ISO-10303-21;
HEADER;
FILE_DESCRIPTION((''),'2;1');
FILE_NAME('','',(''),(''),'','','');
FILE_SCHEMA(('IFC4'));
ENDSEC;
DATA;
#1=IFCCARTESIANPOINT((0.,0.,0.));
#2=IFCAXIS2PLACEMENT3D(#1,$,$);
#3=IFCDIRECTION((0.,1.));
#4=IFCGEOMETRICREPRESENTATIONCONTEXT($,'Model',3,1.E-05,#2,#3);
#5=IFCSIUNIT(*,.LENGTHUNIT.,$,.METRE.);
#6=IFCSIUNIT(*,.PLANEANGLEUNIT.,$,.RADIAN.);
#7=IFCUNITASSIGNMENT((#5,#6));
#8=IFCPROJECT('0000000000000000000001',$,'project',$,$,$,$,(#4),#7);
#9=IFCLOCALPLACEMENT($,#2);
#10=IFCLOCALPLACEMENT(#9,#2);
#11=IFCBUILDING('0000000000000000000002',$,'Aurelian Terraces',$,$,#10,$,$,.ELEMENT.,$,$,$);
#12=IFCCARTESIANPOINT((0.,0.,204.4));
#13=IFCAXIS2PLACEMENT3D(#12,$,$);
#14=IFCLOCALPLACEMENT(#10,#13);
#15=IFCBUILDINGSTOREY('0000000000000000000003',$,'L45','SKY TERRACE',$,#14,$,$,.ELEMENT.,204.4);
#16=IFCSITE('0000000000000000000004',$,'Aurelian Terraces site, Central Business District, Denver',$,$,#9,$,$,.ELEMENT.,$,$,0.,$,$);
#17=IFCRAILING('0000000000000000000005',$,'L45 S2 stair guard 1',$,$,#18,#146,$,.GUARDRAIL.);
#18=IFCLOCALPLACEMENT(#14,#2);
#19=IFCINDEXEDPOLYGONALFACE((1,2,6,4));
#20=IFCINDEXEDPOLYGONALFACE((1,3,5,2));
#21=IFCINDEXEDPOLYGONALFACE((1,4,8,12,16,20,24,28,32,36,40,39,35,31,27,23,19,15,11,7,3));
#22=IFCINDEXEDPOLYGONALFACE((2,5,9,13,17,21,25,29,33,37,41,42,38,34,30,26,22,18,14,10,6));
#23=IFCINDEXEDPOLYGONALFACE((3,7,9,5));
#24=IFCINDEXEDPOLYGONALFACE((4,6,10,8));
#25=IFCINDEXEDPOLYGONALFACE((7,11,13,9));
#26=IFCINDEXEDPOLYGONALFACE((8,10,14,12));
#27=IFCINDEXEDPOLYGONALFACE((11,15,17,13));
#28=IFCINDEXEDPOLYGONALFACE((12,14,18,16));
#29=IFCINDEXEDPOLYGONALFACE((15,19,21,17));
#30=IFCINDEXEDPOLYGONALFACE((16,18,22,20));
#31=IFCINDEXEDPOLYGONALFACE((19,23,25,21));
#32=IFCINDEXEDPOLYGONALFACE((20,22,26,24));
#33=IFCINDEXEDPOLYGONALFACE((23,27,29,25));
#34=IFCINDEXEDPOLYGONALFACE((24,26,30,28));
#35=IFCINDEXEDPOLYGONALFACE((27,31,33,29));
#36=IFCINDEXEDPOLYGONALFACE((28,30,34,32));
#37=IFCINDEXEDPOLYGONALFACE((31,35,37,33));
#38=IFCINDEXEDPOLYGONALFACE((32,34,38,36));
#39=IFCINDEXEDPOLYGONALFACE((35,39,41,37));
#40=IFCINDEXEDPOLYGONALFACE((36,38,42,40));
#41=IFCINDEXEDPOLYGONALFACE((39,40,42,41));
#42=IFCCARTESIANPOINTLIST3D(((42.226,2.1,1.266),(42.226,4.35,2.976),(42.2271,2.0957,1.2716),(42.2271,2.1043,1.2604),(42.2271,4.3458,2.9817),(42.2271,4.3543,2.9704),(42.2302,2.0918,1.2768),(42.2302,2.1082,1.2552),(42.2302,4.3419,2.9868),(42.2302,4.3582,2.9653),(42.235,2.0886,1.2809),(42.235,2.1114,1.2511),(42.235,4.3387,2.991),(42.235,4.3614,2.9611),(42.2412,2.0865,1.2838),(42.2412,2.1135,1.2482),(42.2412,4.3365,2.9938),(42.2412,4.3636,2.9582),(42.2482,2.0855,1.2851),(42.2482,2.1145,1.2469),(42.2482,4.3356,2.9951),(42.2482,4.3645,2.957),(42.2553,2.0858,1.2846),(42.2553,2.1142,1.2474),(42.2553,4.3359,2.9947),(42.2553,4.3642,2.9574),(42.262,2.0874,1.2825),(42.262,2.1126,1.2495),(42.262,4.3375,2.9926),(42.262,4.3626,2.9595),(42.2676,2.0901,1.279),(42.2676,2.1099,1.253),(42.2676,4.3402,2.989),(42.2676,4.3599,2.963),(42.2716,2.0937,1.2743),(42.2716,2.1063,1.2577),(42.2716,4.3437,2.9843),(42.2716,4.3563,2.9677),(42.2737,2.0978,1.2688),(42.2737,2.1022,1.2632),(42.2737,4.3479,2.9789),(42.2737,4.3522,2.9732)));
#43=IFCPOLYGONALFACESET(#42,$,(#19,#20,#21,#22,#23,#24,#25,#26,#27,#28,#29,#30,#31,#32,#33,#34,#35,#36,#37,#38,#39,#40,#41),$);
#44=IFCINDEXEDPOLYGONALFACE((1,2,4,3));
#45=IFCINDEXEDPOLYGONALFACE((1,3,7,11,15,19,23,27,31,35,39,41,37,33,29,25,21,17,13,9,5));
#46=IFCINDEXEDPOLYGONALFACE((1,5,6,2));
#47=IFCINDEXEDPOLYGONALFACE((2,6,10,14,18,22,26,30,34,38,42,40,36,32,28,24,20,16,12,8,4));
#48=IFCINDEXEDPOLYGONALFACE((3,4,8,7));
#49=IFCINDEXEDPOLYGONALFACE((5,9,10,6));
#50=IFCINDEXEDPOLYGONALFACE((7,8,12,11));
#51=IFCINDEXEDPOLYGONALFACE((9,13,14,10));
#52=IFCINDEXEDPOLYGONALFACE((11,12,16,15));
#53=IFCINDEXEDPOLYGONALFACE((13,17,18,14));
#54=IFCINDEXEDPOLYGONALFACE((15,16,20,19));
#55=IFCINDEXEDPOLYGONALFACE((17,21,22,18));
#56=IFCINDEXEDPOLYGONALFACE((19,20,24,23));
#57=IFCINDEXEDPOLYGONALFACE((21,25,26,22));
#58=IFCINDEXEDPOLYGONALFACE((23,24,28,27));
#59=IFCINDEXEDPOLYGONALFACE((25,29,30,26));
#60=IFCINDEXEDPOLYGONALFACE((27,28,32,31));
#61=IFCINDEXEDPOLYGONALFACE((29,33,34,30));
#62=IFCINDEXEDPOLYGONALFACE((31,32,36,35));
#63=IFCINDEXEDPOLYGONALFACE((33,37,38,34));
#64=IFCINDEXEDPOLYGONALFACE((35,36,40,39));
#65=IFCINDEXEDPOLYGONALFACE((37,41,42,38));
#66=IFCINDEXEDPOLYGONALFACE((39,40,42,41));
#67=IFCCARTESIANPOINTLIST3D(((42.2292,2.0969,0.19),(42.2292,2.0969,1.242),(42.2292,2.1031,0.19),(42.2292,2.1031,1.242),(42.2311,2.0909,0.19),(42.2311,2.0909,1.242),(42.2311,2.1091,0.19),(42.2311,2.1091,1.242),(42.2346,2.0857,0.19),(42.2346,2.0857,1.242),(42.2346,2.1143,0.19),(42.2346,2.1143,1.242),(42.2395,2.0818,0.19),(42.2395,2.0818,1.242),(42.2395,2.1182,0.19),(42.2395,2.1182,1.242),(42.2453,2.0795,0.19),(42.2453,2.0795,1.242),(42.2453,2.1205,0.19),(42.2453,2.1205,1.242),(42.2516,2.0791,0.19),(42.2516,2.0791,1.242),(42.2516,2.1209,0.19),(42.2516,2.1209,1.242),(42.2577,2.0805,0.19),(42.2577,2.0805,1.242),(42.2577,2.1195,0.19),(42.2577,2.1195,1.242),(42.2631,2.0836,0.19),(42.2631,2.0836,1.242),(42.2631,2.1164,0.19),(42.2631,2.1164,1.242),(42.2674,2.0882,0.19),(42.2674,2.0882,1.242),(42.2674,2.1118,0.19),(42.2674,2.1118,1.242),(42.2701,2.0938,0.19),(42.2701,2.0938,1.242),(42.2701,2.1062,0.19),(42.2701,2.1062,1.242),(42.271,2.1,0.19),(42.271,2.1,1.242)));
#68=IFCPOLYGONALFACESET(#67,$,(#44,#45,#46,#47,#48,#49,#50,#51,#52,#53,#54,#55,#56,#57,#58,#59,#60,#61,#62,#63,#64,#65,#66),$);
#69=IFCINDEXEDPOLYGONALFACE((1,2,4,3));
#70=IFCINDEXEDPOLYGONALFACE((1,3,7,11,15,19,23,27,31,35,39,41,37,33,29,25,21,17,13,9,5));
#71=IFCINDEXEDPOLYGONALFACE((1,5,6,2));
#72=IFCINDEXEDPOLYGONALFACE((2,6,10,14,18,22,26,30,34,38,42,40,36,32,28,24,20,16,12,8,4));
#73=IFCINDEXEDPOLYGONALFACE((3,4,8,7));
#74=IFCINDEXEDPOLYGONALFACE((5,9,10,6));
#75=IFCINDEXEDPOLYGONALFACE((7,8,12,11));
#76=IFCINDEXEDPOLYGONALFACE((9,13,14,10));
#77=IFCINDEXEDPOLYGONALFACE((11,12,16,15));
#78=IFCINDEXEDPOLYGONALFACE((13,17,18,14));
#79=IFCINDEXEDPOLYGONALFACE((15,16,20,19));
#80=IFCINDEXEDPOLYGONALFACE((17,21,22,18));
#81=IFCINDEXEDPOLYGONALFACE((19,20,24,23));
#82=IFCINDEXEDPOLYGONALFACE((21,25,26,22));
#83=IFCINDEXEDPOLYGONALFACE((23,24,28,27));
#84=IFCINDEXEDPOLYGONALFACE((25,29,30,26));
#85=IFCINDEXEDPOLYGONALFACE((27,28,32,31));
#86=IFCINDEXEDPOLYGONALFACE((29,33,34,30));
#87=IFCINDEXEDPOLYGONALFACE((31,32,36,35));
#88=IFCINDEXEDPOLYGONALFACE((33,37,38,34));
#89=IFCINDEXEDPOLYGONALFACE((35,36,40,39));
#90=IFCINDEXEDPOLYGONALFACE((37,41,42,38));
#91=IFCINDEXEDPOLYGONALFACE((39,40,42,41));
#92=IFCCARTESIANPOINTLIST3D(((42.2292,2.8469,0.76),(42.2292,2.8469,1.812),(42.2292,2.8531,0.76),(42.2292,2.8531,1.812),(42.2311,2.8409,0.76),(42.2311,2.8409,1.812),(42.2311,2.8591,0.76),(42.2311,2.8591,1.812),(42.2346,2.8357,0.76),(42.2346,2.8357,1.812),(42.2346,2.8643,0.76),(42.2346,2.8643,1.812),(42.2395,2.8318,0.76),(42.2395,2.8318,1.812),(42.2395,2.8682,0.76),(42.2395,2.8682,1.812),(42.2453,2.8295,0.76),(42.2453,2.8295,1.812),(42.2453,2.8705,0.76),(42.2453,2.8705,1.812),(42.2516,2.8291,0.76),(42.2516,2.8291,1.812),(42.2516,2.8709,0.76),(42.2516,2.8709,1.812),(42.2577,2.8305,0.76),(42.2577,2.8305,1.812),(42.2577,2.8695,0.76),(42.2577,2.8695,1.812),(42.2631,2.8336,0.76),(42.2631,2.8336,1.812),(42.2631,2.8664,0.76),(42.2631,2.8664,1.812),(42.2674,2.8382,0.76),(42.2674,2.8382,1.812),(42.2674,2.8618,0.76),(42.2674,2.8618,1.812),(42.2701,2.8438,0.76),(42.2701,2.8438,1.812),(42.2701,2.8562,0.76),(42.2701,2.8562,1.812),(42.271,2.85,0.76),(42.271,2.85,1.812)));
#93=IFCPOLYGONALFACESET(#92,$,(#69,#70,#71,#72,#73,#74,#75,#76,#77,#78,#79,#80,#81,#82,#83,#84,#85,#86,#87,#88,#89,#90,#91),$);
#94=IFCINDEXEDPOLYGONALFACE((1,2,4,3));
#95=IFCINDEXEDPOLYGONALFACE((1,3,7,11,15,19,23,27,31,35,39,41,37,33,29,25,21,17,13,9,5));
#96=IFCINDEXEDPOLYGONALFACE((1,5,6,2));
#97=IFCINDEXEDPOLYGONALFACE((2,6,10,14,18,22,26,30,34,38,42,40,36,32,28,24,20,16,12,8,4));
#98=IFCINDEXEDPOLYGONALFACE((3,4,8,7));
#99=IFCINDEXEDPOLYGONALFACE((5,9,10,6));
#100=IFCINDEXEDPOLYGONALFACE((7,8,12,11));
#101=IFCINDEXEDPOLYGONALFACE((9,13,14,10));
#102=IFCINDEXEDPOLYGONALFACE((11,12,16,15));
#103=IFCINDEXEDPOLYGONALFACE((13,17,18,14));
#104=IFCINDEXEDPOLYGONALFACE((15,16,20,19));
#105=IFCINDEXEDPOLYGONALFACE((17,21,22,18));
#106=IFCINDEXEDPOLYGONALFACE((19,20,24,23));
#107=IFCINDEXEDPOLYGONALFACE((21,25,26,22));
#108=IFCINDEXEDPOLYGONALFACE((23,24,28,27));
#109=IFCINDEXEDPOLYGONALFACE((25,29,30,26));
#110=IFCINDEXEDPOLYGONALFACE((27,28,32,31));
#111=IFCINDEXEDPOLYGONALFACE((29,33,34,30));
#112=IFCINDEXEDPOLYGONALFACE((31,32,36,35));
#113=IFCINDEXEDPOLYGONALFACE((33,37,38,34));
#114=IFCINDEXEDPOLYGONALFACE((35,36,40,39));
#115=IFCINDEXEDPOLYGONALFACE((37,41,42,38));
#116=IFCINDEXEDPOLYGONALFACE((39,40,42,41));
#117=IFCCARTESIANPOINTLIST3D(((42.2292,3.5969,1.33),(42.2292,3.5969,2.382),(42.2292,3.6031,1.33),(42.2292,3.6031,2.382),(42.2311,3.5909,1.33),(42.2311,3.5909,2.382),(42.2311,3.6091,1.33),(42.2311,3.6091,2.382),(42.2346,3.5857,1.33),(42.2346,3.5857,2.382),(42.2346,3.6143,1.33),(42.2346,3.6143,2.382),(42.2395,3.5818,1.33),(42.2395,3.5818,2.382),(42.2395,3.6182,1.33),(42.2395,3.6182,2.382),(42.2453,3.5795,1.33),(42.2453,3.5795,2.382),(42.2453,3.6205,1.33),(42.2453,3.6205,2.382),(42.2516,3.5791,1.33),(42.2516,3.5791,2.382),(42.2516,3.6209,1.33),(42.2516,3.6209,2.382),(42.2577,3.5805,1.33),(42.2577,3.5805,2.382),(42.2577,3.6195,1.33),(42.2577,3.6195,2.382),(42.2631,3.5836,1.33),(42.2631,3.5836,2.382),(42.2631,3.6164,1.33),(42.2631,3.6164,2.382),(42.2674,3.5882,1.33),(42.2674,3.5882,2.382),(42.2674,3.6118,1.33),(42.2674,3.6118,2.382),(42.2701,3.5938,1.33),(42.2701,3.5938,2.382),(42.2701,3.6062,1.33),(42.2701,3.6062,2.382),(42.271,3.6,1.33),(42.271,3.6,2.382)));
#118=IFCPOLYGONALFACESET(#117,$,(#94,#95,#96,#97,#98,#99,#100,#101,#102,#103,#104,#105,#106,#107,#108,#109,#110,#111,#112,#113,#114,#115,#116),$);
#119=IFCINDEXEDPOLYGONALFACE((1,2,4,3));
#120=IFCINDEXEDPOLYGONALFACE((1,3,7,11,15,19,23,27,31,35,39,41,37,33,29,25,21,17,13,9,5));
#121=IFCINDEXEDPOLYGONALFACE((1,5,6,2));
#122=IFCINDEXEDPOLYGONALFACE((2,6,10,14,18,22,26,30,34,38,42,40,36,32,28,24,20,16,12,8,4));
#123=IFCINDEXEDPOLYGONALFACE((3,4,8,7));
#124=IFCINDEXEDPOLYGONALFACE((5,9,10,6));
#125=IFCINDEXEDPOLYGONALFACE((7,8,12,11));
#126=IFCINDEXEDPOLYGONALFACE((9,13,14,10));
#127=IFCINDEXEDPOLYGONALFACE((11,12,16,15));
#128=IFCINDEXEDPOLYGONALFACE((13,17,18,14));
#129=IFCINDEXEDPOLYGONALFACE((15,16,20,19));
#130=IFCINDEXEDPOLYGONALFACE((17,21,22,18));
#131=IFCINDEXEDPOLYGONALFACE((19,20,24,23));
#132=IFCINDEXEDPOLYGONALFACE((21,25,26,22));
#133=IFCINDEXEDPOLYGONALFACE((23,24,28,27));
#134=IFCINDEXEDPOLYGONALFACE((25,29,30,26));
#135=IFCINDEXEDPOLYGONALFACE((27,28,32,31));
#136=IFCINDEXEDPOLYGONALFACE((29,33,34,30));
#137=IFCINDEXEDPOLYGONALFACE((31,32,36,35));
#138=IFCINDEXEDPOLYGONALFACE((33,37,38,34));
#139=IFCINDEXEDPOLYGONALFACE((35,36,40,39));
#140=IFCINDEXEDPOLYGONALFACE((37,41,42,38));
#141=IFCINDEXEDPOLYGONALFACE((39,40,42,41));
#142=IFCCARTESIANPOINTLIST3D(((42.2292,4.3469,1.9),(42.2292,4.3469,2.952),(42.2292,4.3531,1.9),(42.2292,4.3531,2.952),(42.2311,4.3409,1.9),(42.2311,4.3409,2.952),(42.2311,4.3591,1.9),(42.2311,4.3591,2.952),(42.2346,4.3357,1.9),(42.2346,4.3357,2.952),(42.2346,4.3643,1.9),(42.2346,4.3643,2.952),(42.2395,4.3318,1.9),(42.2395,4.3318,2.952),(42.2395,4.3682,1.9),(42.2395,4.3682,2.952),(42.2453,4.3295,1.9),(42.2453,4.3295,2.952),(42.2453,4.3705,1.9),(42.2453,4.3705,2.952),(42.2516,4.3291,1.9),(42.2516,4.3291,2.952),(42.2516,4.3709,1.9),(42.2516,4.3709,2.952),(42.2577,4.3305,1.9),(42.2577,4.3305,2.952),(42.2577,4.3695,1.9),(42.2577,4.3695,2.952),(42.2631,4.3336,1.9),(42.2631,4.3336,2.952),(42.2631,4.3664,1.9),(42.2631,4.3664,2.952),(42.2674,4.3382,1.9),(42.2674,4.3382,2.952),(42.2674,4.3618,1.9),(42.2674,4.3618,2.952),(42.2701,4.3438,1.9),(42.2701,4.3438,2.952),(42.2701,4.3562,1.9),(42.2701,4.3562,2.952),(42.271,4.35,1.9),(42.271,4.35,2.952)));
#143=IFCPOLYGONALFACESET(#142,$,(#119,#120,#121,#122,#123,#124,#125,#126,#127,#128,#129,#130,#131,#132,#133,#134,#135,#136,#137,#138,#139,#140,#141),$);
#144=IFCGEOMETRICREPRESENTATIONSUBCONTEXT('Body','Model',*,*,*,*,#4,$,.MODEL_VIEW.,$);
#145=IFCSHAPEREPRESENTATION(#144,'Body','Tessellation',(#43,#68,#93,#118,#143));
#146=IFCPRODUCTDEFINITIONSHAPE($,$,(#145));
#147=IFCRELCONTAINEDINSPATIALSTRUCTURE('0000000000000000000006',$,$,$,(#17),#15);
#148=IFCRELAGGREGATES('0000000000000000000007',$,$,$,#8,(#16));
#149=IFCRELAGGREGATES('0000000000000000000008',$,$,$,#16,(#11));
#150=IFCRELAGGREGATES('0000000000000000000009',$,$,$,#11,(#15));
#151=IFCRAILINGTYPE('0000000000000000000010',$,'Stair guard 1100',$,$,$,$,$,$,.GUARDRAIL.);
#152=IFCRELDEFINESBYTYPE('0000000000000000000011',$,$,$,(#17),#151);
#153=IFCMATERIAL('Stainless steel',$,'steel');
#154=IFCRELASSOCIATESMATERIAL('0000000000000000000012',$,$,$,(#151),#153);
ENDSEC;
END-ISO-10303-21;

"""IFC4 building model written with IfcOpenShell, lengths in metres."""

from ifc_helpers import new_model, si_unit, direction, frame, origin, origin_2d, place, context, subcontext, project, spatial, circle, extrude, source, transform, mapped, material, type_object, element, save


model = new_model("IFC4")

# Units and contexts
model_context = context("Model", 3, precision=1e-05, world=origin(), true_north=direction((0.0, 1.0)))
body_context = subcontext(model_context, "Body", "Model", "MODEL_VIEW")
ifc_project = project(units=[si_unit("LENGTHUNIT", "METRE"), si_unit("PLANEANGLEUNIT", "RADIAN")], contexts=[model_context])

# Site, building, storey
site_placement = place(None, origin())
site = spatial("IfcSite", under=ifc_project, at=site_placement, Name="Aurelian Terraces site, Central Business District, Denver", CompositionType="ELEMENT", RefElevation=0.0)
building_placement = place(site_placement, origin())
building = spatial("IfcBuilding", under=site, at=building_placement, Name="Aurelian Terraces", CompositionType="ELEMENT")
storey_placement = place(building_placement, frame((0.0, 0.0, 204.4)))
storey = spatial("IfcBuildingStorey", under=building, at=storey_placement, Name="L45", Description="SKY TERRACE", CompositionType="ELEMENT", Elevation=204.4)

# Railing
ifc_material_1 = material(Name="Stainless steel", Category="steel")
railing_type_1 = type_object("IfcRailingType", Name="Stair guard 1100", PredefinedType="GUARDRAIL", material=ifc_material_1)
shared_shape_1 = source(origin(), body_context, "Body", "SweptSolid", [
    extrude(circle(Radius=0.024, at=origin_2d()), frame((0.0, 0.0, 1.076), z_axis=(0.0, 0.796162, 0.605083), x_axis=(-1.0, 0.0, 0.0)), (0.0, 0.0, 1.0), 2.8261),
    extrude(circle(Radius=0.021, at=origin_2d()), origin(), (0.0, 0.0, 1.0), 1.052),
    extrude(circle(Radius=0.021, at=origin_2d()), frame((0.0, 0.75, 0.57)), (0.0, 0.0, 1.0), 1.052),
    extrude(circle(Radius=0.021, at=origin_2d()), frame((0.0, 1.5, 1.14)), (0.0, 0.0, 1.0), 1.052),
    extrude(circle(Radius=0.021, at=origin_2d()), frame((0.0, 2.25, 1.71)), (0.0, 0.0, 1.0), 1.052),
])
railing_1_placement = place(storey_placement, frame((42.25, 2.1, 0.19)))
element("IfcRailing", 1, at=railing_1_placement, inside=storey, type_object=railing_type_1, Name="L45 S2 stair guard 1", PredefinedType="GUARDRAIL", context=body_context, shape_type="MappedRepresentation", body=[
    mapped(shared_shape_1, transform((0.0, 0.0, 0.0), scale=1.0)),
])

save(model, "model.ifc")
